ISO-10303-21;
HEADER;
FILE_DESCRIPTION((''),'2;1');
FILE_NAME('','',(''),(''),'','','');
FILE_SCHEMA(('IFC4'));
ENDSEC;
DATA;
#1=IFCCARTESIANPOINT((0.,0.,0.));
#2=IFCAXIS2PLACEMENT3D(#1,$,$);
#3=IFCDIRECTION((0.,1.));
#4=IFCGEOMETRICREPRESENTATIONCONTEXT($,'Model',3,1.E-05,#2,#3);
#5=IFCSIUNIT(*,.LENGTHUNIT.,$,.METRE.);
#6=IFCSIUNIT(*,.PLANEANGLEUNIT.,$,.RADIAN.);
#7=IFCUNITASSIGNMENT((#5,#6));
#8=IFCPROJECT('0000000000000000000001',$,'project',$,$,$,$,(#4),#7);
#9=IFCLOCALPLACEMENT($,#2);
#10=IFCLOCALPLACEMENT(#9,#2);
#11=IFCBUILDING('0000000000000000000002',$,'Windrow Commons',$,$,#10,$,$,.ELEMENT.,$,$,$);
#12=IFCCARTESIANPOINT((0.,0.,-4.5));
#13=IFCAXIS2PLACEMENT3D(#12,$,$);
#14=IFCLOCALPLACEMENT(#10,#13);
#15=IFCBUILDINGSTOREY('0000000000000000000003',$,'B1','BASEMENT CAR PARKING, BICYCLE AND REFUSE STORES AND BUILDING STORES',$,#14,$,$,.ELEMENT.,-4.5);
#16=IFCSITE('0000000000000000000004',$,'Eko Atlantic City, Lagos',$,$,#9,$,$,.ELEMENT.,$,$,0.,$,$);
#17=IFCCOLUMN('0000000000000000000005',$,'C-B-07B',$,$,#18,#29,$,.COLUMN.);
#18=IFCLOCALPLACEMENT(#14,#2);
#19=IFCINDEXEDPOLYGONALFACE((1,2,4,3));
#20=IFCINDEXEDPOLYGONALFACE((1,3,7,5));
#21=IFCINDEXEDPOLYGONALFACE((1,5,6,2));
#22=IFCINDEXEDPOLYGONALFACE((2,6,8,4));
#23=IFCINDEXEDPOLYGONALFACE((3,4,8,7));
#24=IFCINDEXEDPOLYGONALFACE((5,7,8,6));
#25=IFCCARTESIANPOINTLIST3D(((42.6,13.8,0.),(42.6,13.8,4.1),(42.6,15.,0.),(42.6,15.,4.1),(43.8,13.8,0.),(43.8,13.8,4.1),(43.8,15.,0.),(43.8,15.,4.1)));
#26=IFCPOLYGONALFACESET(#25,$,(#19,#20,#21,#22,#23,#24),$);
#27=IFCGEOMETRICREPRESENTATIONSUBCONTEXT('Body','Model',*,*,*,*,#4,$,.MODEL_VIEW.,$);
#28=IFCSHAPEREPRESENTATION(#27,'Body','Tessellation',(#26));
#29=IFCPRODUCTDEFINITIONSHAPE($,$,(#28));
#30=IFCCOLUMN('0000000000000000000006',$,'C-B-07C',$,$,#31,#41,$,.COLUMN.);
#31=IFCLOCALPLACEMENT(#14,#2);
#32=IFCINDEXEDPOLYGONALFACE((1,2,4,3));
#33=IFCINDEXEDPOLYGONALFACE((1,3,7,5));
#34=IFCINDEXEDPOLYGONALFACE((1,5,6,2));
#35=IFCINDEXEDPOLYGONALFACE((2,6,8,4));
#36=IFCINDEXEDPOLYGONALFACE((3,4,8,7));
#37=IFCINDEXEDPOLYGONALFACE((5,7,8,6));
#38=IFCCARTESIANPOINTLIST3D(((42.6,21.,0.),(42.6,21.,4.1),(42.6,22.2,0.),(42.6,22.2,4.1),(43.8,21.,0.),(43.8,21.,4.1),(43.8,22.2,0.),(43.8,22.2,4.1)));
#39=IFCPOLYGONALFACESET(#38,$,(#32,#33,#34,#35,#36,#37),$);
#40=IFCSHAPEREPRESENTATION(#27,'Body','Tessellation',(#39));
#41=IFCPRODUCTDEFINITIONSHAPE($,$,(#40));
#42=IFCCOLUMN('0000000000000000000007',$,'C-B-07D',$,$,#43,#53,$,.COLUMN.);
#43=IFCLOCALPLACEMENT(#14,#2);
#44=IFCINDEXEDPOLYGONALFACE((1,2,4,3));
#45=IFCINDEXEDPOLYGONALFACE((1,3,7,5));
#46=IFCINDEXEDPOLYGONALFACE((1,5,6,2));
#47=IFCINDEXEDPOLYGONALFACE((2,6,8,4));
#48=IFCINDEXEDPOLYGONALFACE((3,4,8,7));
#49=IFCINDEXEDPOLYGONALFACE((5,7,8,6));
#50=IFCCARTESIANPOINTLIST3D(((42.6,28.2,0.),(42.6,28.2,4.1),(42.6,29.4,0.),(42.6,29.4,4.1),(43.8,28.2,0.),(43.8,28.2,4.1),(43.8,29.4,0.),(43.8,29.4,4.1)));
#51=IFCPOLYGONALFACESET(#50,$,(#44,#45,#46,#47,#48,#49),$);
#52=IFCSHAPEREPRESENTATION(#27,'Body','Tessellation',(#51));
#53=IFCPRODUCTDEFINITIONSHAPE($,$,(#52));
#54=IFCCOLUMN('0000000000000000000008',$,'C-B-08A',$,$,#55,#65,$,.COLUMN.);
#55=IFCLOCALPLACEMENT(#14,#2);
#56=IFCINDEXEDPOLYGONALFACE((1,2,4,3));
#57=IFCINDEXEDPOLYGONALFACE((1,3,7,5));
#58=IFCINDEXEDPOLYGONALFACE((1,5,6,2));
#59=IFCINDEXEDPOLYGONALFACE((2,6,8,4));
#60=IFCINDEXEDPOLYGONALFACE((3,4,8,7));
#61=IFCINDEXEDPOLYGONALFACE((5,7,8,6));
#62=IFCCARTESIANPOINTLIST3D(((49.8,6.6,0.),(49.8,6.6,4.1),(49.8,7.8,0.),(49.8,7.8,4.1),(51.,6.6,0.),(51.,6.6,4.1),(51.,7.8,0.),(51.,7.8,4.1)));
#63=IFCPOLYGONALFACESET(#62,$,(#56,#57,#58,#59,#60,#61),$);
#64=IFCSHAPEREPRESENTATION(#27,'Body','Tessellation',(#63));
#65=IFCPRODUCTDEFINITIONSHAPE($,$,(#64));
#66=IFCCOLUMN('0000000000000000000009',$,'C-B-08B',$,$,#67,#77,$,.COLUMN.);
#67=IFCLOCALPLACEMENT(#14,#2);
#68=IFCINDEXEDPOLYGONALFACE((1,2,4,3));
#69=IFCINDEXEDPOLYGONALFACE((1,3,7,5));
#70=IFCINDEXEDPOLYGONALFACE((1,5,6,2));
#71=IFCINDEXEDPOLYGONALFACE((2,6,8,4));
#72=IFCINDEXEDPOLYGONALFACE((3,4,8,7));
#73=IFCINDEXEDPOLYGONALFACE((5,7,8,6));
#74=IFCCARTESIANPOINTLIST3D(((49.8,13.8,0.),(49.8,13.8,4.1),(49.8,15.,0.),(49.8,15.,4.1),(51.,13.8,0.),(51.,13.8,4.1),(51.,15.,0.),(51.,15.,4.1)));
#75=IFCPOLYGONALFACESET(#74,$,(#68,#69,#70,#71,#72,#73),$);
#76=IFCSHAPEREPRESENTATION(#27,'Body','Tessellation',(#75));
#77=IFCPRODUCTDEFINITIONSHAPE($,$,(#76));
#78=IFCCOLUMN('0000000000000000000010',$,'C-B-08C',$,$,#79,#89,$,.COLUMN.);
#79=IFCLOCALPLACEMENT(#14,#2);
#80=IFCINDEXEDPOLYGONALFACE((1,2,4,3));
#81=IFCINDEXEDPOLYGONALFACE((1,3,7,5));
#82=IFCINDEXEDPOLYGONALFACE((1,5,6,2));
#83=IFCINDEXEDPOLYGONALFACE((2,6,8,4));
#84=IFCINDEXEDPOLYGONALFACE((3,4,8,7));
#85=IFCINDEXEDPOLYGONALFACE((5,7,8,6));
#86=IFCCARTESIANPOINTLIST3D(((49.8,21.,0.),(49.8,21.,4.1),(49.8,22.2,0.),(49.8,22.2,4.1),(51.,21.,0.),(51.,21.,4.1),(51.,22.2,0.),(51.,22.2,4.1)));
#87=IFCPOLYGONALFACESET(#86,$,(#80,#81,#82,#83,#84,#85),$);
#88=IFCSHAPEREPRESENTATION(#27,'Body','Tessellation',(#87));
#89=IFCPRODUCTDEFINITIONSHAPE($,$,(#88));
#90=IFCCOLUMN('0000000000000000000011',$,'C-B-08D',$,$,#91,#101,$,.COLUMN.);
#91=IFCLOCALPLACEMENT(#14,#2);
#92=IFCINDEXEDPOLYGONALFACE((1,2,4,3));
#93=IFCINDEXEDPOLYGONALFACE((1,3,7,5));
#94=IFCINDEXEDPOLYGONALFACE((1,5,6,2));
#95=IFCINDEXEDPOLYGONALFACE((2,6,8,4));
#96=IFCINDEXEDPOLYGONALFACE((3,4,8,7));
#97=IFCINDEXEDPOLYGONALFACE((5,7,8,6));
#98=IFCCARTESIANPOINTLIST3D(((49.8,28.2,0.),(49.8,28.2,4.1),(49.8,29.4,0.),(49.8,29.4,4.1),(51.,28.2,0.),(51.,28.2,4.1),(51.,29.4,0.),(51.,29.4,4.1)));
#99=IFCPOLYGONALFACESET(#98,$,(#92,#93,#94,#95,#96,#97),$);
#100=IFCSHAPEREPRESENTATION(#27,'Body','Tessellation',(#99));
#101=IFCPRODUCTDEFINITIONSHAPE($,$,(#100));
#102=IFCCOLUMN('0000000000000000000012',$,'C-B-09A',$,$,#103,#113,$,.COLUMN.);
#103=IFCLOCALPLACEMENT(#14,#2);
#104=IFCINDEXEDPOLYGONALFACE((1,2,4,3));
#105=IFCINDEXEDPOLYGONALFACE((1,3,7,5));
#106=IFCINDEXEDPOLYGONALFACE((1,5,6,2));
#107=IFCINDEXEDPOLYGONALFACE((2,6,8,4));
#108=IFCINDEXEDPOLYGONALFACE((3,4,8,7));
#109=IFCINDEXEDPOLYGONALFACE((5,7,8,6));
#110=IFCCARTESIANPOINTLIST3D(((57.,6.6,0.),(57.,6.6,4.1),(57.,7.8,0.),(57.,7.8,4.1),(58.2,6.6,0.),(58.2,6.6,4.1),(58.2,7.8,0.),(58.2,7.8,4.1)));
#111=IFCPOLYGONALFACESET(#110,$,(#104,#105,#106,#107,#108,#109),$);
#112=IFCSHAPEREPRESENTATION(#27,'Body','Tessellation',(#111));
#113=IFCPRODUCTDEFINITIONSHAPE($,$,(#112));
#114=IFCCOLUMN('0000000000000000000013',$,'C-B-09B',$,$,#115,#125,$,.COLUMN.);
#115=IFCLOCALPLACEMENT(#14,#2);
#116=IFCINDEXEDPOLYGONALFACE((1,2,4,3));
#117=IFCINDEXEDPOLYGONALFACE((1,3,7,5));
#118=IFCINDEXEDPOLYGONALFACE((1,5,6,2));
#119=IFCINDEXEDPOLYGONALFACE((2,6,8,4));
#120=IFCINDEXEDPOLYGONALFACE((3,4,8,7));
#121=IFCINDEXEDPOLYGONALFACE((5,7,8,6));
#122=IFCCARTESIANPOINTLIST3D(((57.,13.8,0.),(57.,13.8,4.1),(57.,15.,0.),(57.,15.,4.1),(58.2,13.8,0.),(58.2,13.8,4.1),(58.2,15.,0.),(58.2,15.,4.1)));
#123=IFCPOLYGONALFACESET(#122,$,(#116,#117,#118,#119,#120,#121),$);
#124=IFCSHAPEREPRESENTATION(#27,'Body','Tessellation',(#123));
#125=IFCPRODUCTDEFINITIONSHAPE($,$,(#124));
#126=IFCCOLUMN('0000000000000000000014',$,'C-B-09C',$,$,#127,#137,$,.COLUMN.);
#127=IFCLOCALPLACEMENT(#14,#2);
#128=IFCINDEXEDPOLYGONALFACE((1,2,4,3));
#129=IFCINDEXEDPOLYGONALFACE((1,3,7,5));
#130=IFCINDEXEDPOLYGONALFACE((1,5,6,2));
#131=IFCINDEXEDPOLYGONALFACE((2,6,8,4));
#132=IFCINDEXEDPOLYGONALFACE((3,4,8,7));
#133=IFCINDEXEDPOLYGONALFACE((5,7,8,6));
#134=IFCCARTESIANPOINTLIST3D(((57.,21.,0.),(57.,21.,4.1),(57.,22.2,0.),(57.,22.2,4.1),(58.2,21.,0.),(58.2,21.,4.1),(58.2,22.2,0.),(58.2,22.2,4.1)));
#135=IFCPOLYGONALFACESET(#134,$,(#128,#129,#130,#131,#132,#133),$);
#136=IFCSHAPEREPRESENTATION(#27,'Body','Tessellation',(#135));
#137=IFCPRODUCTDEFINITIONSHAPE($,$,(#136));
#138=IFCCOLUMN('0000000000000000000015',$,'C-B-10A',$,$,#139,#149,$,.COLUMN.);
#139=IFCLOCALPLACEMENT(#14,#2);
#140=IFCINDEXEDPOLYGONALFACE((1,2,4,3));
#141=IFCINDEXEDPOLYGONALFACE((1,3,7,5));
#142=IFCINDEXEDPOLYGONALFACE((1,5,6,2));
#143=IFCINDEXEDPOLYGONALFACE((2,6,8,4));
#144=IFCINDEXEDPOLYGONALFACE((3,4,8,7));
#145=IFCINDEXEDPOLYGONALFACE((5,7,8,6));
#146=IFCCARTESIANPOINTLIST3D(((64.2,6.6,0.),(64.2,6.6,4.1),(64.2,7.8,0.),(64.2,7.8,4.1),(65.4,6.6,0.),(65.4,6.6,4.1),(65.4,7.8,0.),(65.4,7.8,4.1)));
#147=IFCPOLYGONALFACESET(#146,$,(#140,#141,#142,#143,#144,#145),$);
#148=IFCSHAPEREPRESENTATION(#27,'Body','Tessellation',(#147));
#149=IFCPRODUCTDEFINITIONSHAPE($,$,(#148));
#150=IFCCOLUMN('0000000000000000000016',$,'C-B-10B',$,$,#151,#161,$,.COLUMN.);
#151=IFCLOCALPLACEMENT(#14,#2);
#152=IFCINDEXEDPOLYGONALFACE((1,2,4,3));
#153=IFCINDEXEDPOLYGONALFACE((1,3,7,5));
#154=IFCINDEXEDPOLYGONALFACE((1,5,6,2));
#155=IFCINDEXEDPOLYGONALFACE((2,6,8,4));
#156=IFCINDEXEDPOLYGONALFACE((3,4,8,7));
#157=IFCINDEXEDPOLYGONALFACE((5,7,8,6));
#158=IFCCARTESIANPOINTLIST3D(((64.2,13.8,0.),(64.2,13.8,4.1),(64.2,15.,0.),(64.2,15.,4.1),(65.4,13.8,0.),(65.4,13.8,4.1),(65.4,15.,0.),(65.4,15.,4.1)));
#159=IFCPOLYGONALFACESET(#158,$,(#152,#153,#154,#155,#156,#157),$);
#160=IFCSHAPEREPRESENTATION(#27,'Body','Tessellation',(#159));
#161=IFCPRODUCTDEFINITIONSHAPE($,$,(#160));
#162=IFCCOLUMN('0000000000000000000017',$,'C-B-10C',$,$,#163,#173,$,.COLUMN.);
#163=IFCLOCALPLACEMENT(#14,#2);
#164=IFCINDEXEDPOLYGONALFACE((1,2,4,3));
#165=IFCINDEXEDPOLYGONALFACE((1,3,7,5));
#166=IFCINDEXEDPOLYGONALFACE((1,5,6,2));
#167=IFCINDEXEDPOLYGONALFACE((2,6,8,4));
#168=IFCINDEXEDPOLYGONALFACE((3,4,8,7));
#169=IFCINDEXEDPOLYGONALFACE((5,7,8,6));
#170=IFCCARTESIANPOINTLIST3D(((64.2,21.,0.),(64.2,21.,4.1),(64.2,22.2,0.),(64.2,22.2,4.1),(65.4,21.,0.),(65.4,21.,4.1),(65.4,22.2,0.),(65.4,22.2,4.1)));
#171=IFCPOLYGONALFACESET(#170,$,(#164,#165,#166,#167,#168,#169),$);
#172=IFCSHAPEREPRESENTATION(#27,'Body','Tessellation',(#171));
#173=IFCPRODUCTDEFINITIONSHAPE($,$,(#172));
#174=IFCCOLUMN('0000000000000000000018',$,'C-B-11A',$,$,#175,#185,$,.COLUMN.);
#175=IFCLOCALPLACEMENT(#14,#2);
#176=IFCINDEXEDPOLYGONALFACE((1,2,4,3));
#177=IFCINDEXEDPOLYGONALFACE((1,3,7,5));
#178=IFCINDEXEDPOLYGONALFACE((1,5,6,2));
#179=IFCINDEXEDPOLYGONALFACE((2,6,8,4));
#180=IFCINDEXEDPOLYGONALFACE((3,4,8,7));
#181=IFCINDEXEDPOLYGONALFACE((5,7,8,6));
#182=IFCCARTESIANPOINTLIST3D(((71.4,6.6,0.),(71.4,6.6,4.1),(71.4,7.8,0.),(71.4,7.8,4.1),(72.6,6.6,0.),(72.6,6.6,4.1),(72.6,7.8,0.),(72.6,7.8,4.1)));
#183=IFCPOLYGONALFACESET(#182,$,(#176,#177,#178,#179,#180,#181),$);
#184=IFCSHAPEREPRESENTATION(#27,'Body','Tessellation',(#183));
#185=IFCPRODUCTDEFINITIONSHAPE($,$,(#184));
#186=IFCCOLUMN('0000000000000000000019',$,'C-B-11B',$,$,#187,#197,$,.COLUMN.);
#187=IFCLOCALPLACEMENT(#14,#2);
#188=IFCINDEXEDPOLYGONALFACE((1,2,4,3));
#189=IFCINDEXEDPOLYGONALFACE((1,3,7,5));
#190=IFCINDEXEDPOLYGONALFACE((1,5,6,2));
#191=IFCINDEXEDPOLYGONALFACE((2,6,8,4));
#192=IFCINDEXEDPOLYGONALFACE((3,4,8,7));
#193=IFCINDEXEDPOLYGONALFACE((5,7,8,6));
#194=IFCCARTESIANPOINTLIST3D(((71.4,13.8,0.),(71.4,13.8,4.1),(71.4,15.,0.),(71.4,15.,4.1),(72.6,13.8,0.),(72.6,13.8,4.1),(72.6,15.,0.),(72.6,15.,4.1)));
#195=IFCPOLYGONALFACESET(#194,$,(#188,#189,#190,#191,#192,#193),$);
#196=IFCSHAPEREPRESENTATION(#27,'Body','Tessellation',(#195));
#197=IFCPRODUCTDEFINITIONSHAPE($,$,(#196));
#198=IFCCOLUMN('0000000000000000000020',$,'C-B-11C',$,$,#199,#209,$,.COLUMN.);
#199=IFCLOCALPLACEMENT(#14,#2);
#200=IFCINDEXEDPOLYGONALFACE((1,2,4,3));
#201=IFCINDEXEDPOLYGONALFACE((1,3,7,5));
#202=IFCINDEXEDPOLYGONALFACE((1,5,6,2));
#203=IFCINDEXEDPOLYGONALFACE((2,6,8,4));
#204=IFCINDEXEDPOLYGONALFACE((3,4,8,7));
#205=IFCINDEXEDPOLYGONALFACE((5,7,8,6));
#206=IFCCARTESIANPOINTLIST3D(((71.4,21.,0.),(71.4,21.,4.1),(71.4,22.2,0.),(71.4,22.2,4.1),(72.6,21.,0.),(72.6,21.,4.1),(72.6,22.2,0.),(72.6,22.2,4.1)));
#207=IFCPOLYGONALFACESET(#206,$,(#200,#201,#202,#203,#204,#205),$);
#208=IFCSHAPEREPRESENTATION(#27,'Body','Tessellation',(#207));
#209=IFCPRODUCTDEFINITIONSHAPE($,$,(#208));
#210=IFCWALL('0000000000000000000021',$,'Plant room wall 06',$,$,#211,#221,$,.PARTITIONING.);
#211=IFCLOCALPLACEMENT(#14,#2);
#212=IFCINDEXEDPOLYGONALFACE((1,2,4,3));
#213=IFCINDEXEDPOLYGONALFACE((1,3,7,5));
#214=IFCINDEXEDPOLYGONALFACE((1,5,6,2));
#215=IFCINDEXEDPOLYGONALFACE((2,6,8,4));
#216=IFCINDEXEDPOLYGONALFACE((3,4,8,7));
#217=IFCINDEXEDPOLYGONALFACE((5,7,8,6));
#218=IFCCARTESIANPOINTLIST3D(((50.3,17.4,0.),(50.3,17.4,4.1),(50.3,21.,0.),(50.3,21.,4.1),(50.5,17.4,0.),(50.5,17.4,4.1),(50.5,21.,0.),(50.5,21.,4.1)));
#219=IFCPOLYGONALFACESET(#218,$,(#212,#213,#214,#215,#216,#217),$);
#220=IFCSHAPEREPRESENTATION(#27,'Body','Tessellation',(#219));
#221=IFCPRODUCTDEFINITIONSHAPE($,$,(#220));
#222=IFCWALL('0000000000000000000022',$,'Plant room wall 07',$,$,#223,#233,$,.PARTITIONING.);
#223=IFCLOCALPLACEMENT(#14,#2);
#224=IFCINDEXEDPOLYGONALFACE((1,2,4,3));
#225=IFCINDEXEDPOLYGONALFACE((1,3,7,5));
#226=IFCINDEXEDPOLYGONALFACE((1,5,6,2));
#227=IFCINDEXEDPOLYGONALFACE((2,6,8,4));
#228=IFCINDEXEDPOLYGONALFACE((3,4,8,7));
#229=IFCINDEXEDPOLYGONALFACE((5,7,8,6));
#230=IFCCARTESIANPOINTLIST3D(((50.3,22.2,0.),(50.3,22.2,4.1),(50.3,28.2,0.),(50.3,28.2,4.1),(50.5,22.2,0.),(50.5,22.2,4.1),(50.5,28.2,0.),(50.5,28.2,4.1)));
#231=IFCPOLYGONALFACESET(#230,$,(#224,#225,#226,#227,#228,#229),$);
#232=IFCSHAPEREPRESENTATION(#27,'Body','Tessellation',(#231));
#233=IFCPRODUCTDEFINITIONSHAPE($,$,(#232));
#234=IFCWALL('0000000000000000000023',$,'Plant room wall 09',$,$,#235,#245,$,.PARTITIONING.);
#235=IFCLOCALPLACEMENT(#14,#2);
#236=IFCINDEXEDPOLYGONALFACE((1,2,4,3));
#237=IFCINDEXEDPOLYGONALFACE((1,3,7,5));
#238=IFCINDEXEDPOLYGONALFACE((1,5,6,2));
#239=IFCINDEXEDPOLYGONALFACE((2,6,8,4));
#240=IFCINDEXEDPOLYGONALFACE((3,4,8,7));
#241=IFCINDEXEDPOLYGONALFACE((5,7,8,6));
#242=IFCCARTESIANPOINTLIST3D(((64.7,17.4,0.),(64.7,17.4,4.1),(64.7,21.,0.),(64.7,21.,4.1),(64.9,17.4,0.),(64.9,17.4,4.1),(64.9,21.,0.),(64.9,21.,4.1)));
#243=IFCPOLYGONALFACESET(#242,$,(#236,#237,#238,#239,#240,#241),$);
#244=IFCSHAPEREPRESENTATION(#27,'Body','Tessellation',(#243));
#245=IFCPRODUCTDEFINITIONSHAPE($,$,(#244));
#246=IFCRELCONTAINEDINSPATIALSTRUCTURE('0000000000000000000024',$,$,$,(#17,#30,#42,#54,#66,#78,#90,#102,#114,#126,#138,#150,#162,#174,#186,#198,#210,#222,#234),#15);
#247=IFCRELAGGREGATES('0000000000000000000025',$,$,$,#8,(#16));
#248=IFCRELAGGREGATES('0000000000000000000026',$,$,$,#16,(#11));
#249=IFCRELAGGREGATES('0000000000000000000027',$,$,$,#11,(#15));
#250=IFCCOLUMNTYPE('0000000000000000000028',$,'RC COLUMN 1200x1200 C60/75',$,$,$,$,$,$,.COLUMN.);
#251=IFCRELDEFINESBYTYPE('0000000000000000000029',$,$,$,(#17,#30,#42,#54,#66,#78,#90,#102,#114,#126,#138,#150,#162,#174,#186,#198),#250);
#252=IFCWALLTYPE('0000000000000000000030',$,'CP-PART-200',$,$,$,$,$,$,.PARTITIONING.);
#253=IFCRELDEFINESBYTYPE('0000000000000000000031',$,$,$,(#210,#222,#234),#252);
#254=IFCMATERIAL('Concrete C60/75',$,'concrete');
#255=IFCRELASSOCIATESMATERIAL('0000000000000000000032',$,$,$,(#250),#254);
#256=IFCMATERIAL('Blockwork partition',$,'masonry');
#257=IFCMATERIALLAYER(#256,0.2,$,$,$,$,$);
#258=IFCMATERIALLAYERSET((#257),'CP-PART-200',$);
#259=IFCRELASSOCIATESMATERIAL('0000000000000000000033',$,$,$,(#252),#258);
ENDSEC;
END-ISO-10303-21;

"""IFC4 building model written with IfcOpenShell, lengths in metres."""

from ifc_helpers import new_model, si_unit, direction, frame, frame_2d, origin, origin_2d, place, context, subcontext, project, spatial, rectangle, extrude, material, layer, layer_set, material_profile, profile_set, type_object, element, save


model = new_model("IFC4")

# Units and contexts
model_context = context("Model", 3, precision=1e-05, world=origin(), true_north=direction((0.0, 1.0)))
body_context = subcontext(model_context, "Body", "Model", "MODEL_VIEW")
ifc_project = project(units=[si_unit("LENGTHUNIT", "METRE"), si_unit("PLANEANGLEUNIT", "RADIAN")], contexts=[model_context])

# Site, building, storey
site_placement = place(None, origin())
site = spatial("IfcSite", under=ifc_project, at=site_placement, Name="Eko Atlantic City, Lagos", CompositionType="ELEMENT", RefElevation=0.0)
building_placement = place(site_placement, origin())
building = spatial("IfcBuilding", under=site, at=building_placement, Name="Windrow Commons", CompositionType="ELEMENT")
storey_placement = place(building_placement, frame((0.0, 0.0, -4.5)))
storey = spatial("IfcBuildingStorey", under=building, at=storey_placement, Name="B1", Description="BASEMENT CAR PARKING, BICYCLE AND REFUSE STORES AND BUILDING STORES", CompositionType="ELEMENT", Elevation=-4.5)

# Columns
ifc_material_1 = material(Name="Concrete C60/75", Category="concrete")
ifc_material_profile = material_profile(ifc_material_1, rectangle(XDim=1.2, YDim=1.2, at=origin_2d()))
ifc_profile_set = profile_set([ifc_material_profile], Name="Concrete C60/75")
column_type = type_object("IfcColumnType", Name="RC COLUMN 1200x1200 C60/75", PredefinedType="COLUMN", material=ifc_profile_set)
for number, where, z_axis, x_axis, name in (
    (1, (43.2, 14.4, 0.0), (0.0, 0.0, 1.0), (1.0, 0.0, 0.0), "C-B-07B"),
    (2, (43.2, 21.6, 0.0), (0.0, 0.0, 1.0), (1.0, 0.0, 0.0), "C-B-07C"),
    (3, (43.2, 28.8, 0.0), (0.0, 0.0, 1.0), (1.0, 0.0, 0.0), "C-B-07D"),
    (4, (50.4, 7.2, 0.0), (0.0, 0.0, 1.0), (1.0, 0.0, 0.0), "C-B-08A"),
    (5, (50.4, 14.4, 0.0), (0.0, 0.0, 1.0), (1.0, 0.0, 0.0), "C-B-08B"),
    (6, (50.4, 21.6, 0.0), (0.0, 0.0, 1.0), (1.0, 0.0, 0.0), "C-B-08C"),
    (7, (50.4, 28.8, 0.0), (0.0, 0.0, 1.0), (1.0, 0.0, 0.0), "C-B-08D"),
    (8, (57.6, 7.2, 0.0), (0.0, 0.0, 1.0), (1.0, 0.0, 0.0), "C-B-09A"),
    (9, (57.6, 14.4, 0.0), (0.0, 0.0, 1.0), (1.0, 0.0, 0.0), "C-B-09B"),
    (10, (57.6, 21.6, 0.0), (0.0, 0.0, 1.0), (1.0, 0.0, 0.0), "C-B-09C"),
    (11, (64.8, 7.2, 0.0), (0.0, 0.0, 1.0), (1.0, 0.0, 0.0), "C-B-10A"),
    (12, (64.8, 14.4, 0.0), (0.0, 0.0, 1.0), (1.0, 0.0, 0.0), "C-B-10B"),
    (13, (64.8, 21.6, 0.0), (0.0, 0.0, 1.0), (1.0, 0.0, 0.0), "C-B-10C"),
    (14, (72.0, 7.2, 0.0), (0.0, 0.0, 1.0), (1.0, 0.0, 0.0), "C-B-11A"),
    (15, (72.0, 14.4, 0.0), (0.0, 0.0, 1.0), (1.0, 0.0, 0.0), "C-B-11B"),
    (16, (72.0, 21.6, 0.0), (0.0, 0.0, 1.0), (1.0, 0.0, 0.0), "C-B-11C"),
):
    element("IfcColumn", number, at=place(storey_placement, frame(where, z_axis=z_axis, x_axis=x_axis)), inside=storey, type_object=column_type, Name=name, PredefinedType="COLUMN", context=body_context, shape_type="SweptSolid", body=[
        extrude(rectangle(XDim=1.2, YDim=1.2, at=origin_2d()), origin(), (0.0, 0.0, 1.0), 4.1),
    ])

# Walls
ifc_material_2 = material(Name="Blockwork partition", Category="masonry")
ifc_layer = layer(ifc_material_2, 0.2)
ifc_layer_set = layer_set([ifc_layer], Name="CP-PART-200")
wall_type = type_object("IfcWallType", Name="CP-PART-200", PredefinedType="PARTITIONING", material=ifc_layer_set)
wall_1_placement = place(storey_placement, frame((50.4, 17.4, 0.0), z_axis=(0.0, 0.0, 1.0), x_axis=(0.0, 1.0, 0.0)))
element("IfcWall", 17, at=wall_1_placement, inside=storey, type_object=wall_type, Name="Plant room wall 06", PredefinedType="PARTITIONING", context=body_context, shape_type="SweptSolid", body=[
    extrude(rectangle(XDim=3.6, YDim=0.2, at=frame_2d((1.8, 0.0))), origin(), (0.0, 0.0, 1.0), 4.1),
])
wall_2_placement = place(storey_placement, frame((50.4, 22.2, 0.0), z_axis=(0.0, 0.0, 1.0), x_axis=(0.0, 1.0, 0.0)))
element("IfcWall", 18, at=wall_2_placement, inside=storey, type_object=wall_type, Name="Plant room wall 07", PredefinedType="PARTITIONING", context=body_context, shape_type="SweptSolid", body=[
    extrude(rectangle(XDim=6.0, YDim=0.2, at=frame_2d((3.0, 0.0))), origin(), (0.0, 0.0, 1.0), 4.1),
])
wall_3_placement = place(storey_placement, frame((64.8, 17.4, 0.0), z_axis=(0.0, 0.0, 1.0), x_axis=(0.0, 1.0, 0.0)))
element("IfcWall", 19, at=wall_3_placement, inside=storey, type_object=wall_type, Name="Plant room wall 09", PredefinedType="PARTITIONING", context=body_context, shape_type="SweptSolid", body=[
    extrude(rectangle(XDim=3.6, YDim=0.2, at=frame_2d((1.8, 0.0))), origin(), (0.0, 0.0, 1.0), 4.1),
])

save(model, "model.ifc")
